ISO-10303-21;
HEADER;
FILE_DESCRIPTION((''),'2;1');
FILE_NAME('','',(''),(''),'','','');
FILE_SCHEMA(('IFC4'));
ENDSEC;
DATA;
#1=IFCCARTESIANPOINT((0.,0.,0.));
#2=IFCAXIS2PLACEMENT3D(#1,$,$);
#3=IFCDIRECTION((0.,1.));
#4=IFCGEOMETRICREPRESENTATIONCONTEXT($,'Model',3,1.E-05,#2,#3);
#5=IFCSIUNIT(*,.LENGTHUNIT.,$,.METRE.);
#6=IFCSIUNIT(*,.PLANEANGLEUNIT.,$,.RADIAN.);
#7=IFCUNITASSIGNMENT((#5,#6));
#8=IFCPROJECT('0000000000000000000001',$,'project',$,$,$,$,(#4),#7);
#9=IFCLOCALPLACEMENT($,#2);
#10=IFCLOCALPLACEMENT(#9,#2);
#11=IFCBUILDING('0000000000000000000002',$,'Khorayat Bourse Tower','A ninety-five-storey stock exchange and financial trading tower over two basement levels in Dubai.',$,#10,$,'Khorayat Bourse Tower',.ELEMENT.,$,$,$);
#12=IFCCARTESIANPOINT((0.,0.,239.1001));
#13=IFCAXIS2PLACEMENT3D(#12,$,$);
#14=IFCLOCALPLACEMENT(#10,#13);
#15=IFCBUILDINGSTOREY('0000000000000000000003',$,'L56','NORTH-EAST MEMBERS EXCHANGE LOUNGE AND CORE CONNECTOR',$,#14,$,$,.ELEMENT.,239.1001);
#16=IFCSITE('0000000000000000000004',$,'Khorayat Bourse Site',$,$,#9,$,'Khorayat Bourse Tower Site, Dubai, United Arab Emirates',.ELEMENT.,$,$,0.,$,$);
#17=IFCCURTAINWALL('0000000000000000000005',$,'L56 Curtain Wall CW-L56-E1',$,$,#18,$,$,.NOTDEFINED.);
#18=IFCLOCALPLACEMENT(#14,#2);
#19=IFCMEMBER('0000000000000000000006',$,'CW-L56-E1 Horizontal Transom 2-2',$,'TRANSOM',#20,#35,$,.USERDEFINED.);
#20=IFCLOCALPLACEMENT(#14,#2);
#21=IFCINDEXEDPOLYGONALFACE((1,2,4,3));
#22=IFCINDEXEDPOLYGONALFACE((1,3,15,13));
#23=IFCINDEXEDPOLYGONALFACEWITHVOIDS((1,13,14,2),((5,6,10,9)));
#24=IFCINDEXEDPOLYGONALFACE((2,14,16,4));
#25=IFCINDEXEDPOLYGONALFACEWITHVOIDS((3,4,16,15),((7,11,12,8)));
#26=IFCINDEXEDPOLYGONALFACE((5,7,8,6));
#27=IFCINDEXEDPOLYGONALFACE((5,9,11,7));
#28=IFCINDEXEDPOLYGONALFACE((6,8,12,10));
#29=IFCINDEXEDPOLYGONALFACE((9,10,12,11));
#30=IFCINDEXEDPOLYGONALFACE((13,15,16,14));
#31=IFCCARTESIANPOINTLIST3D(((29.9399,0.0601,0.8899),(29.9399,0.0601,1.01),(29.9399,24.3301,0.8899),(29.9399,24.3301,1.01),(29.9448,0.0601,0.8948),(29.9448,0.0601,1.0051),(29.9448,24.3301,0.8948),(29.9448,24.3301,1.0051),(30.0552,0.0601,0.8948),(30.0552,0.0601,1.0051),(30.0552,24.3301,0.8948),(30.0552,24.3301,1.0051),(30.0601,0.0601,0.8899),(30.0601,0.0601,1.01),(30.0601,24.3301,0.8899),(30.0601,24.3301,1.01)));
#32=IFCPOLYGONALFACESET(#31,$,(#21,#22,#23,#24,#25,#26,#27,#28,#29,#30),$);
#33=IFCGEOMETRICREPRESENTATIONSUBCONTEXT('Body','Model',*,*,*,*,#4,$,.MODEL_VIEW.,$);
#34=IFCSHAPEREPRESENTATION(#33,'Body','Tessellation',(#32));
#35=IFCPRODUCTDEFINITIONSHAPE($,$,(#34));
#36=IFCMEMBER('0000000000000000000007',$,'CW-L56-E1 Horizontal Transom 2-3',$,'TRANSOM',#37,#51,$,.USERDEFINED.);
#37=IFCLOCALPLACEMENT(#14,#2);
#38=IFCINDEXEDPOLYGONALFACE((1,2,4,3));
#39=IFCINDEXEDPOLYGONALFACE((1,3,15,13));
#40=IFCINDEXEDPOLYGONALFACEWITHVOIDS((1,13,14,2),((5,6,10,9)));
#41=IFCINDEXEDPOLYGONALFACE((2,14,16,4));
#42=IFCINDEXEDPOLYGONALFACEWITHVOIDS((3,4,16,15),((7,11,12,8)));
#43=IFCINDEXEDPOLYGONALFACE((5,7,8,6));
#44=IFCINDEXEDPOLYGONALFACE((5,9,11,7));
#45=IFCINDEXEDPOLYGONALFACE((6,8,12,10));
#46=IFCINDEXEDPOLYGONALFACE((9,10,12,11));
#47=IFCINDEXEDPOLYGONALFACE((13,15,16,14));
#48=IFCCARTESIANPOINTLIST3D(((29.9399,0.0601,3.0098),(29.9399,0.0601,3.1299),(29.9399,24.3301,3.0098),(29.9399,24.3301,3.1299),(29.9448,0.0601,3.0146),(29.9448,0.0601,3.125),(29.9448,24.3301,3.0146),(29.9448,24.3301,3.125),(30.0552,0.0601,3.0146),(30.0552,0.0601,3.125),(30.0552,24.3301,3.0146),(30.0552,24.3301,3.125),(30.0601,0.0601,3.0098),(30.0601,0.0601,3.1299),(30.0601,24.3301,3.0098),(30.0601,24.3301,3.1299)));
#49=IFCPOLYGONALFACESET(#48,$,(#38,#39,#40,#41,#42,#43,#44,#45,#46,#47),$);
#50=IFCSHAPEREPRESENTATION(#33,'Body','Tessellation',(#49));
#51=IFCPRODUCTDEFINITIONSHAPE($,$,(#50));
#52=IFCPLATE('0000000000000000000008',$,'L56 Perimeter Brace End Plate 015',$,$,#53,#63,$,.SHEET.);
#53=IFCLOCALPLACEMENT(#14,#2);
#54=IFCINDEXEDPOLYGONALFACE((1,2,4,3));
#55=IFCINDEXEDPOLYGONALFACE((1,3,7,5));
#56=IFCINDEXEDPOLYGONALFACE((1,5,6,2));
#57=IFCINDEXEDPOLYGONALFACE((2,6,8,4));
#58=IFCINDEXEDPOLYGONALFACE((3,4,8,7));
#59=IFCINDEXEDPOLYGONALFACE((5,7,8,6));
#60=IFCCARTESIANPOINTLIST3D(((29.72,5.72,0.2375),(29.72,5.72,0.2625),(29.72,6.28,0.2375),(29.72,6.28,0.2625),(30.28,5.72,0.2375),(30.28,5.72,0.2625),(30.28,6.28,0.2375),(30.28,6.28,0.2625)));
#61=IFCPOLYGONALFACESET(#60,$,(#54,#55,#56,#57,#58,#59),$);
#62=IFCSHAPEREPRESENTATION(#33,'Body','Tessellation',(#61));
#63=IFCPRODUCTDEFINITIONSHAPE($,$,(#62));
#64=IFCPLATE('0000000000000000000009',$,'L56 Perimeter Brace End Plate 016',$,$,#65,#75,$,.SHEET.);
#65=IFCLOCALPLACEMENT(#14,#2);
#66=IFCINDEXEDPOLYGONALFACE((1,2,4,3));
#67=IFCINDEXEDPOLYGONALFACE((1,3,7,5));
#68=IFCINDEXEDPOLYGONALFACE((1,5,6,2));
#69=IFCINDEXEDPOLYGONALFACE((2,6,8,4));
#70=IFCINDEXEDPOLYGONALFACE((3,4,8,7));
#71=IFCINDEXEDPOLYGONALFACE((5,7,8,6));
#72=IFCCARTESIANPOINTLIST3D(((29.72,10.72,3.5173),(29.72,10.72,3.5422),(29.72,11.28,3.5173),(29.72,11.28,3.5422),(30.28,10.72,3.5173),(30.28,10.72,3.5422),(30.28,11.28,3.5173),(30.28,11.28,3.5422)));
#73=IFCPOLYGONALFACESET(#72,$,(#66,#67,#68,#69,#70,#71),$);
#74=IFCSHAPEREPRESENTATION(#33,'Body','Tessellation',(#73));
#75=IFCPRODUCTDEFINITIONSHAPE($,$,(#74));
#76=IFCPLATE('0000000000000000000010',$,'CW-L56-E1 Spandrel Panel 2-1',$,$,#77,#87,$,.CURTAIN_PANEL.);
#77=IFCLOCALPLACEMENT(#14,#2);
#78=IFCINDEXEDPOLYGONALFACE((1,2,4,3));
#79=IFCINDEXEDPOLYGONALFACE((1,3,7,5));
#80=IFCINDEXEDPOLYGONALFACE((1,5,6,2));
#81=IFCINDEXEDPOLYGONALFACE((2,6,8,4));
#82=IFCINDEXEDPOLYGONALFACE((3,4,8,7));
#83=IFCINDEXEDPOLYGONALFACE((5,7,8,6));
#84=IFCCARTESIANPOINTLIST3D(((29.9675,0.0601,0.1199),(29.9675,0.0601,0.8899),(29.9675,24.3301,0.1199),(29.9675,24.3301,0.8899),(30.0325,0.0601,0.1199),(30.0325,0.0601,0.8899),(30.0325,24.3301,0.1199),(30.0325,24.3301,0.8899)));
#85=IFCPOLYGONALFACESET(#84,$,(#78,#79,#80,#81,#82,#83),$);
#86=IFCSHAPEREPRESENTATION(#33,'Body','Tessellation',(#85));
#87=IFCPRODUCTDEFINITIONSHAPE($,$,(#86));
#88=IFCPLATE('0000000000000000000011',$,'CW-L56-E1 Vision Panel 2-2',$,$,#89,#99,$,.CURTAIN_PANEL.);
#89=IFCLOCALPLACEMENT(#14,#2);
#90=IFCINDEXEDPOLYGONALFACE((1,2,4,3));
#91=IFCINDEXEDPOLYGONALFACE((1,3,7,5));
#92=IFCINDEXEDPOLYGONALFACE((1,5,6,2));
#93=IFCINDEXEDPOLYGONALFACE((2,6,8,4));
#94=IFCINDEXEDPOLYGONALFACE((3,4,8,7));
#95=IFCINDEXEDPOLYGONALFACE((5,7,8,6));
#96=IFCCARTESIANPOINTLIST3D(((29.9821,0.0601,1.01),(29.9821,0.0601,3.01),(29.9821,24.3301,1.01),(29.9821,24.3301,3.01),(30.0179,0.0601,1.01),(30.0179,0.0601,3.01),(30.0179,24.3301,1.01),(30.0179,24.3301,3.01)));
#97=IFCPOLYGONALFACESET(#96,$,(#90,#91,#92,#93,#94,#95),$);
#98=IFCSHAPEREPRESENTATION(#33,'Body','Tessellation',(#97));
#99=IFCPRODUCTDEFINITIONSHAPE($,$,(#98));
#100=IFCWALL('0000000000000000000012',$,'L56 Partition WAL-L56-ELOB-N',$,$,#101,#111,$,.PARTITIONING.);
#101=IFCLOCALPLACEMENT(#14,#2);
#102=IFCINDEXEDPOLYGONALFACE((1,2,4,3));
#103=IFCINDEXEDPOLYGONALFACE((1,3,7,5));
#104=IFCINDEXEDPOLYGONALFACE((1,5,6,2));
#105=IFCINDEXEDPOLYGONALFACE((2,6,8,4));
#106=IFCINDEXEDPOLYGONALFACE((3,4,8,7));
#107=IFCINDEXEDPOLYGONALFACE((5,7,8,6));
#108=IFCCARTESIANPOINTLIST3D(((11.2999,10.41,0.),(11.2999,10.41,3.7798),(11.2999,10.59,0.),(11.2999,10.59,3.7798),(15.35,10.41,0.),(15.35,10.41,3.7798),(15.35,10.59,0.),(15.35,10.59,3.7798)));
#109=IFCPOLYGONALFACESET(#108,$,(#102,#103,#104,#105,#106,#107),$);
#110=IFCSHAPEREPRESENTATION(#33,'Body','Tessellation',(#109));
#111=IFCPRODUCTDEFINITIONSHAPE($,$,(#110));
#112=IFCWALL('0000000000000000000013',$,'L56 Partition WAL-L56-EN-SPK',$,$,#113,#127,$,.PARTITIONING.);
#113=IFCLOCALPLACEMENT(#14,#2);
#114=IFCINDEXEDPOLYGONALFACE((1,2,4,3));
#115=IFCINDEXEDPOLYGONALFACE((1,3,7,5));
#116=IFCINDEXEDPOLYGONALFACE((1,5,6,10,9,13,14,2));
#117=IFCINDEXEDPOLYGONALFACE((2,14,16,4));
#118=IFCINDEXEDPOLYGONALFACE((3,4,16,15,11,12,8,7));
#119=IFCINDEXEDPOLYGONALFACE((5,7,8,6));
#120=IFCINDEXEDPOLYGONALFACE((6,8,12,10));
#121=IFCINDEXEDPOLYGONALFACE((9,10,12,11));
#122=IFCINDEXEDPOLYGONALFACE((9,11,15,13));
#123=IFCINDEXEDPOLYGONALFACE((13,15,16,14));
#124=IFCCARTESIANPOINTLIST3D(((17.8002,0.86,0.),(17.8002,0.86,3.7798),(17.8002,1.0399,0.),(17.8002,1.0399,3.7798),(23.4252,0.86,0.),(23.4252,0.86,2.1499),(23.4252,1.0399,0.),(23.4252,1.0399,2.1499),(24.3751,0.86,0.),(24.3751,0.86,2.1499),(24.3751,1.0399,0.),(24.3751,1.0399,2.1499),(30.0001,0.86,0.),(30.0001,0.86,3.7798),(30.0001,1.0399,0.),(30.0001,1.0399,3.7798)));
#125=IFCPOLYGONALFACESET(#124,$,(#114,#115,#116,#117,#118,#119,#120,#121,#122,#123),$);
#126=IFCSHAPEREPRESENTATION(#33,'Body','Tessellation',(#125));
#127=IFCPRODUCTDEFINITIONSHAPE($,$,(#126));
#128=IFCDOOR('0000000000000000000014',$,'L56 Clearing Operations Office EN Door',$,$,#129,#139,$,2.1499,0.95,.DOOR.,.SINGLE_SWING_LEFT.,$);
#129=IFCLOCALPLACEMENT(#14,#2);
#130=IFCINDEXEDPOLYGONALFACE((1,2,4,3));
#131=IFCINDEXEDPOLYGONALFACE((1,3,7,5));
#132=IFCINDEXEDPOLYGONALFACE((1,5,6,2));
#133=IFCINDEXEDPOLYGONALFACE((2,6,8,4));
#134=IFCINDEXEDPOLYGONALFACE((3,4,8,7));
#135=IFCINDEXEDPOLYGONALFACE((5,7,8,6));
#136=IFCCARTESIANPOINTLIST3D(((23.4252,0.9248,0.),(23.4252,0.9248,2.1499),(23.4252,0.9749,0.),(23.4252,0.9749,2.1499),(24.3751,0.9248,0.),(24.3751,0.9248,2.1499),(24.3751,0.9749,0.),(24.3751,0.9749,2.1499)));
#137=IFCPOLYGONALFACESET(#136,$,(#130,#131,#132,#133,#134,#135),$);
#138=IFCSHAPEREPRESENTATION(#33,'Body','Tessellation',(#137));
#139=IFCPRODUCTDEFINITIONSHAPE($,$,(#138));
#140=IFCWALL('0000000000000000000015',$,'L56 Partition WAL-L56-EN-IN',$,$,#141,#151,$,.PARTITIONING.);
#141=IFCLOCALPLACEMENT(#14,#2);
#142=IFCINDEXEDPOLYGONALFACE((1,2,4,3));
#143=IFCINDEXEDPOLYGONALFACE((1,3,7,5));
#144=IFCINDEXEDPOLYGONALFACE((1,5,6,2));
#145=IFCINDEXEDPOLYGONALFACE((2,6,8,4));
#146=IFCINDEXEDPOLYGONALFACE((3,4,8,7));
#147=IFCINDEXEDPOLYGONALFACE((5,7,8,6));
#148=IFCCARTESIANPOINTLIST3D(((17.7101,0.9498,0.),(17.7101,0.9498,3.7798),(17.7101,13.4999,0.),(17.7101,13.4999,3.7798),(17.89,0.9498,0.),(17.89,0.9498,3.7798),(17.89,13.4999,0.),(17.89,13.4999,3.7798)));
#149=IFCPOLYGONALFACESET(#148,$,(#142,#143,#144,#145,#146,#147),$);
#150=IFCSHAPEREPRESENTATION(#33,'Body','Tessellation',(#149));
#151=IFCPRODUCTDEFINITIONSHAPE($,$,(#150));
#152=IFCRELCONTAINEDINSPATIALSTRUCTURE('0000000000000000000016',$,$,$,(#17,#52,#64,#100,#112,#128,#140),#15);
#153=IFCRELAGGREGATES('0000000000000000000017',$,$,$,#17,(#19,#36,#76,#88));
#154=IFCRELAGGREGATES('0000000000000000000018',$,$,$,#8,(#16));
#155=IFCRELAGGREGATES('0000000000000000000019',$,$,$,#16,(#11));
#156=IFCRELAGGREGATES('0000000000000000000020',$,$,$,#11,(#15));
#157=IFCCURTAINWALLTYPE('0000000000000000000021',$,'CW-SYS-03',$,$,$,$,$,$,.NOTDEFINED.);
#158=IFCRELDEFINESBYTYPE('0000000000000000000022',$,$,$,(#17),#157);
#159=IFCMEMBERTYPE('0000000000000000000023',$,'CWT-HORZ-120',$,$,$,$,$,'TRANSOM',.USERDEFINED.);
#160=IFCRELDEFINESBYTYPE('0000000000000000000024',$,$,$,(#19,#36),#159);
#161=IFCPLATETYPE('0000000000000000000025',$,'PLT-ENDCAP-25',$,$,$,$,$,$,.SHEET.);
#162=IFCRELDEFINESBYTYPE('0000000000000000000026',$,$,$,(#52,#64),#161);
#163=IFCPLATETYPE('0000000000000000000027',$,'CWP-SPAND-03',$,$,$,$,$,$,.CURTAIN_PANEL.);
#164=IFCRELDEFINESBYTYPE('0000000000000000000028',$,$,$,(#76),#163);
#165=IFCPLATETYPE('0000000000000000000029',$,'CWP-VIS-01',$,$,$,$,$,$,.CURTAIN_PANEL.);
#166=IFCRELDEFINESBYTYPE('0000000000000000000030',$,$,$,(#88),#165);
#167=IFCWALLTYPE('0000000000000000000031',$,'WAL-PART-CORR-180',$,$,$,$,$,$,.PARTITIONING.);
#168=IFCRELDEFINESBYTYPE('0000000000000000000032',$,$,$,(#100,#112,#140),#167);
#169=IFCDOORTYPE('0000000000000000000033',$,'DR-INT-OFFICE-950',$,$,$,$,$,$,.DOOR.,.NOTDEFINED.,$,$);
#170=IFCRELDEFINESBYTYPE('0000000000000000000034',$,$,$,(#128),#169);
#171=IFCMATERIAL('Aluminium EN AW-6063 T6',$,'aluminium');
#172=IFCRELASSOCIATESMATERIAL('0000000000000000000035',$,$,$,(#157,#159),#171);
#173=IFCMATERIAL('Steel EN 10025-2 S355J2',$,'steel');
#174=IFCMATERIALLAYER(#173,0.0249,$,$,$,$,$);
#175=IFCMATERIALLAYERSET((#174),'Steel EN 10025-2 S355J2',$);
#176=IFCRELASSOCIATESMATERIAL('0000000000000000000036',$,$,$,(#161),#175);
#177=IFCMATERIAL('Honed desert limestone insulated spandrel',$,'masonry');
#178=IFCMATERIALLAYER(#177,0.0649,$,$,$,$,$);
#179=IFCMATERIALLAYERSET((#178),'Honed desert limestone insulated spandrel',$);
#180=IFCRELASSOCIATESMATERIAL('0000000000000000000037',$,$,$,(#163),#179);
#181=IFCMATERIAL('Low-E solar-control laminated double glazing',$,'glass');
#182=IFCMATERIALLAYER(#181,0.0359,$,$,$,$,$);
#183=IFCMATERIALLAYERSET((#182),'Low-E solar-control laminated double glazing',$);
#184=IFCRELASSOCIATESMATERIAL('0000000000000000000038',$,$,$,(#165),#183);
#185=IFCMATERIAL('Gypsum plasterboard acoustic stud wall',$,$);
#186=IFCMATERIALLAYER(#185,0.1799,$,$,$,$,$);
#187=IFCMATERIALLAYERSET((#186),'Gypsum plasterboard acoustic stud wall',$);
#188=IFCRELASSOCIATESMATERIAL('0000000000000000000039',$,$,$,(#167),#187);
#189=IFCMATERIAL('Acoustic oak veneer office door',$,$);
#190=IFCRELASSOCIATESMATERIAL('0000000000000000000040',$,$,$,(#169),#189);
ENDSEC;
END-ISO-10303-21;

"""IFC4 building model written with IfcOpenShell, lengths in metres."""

from ifc_helpers import new_model, si_unit, direction, frame, frame_2d, origin, origin_2d, place, context, subcontext, project, spatial, rectangle, hollow_rectangle, extrude, source, transform, mapped, material, layer, layer_set, material_profile, profile_set, type_object, element, fill, aggregate, save


model = new_model("IFC4")

# Units and contexts
model_context = context("Model", 3, precision=1e-05, world=origin(), true_north=direction((0.0, 1.0)))
body_context = subcontext(model_context, "Body", "Model", "MODEL_VIEW")
ifc_project = project(units=[si_unit("LENGTHUNIT", "METRE"), si_unit("PLANEANGLEUNIT", "RADIAN")], contexts=[model_context])

# Site, building, storey
site_placement = place(None, origin())
site = spatial("IfcSite", under=ifc_project, at=site_placement, Name="Khorayat Bourse Site", LongName="Khorayat Bourse Tower Site, Dubai, United Arab Emirates", CompositionType="ELEMENT", RefElevation=0.0)
building_placement = place(site_placement, origin())
building = spatial("IfcBuilding", under=site, at=building_placement, Name="Khorayat Bourse Tower", Description="A ninety-five-storey stock exchange and financial trading tower over two basement levels in Dubai.", LongName="Khorayat Bourse Tower", CompositionType="ELEMENT")
storey_placement = place(building_placement, frame((0.0, 0.0, 239.1001)))
storey = spatial("IfcBuildingStorey", under=building, at=storey_placement, Name="L56", Description="NORTH-EAST MEMBERS EXCHANGE LOUNGE AND CORE CONNECTOR", CompositionType="ELEMENT", Elevation=239.1001)

# Curtain wall, members
ifc_material_1 = material(Name="Aluminium EN AW-6063 T6", Category="aluminium")
curtain_wall_type = type_object("IfcCurtainWallType", Name="CW-SYS-03", PredefinedType="NOTDEFINED", material=ifc_material_1)
curtain_wall_placement = place(storey_placement, origin())
curtain_wall = element("IfcCurtainWall", 1, at=curtain_wall_placement, inside=storey, type_object=curtain_wall_type, Name="L56 Curtain Wall CW-L56-E1", PredefinedType="NOTDEFINED")
ifc_material_profile_1 = material_profile(ifc_material_1, hollow_rectangle(XDim=0.1201, YDim=0.1201, WallThickness=0.0049, at=origin_2d()), Name="ALU 120x120x5")
ifc_profile_set_1 = profile_set([ifc_material_profile_1], Name="Aluminium EN AW-6063 T6")
member_type_1 = type_object("IfcMemberType", Name="CWT-HORZ-120", ElementType="TRANSOM", PredefinedType="USERDEFINED", material=ifc_profile_set_1)
shared_shape_1 = source(origin(), body_context, "Body", "SweptSolid", [
    extrude(hollow_rectangle(XDim=0.1201, YDim=0.1201, WallThickness=0.0049, at=origin_2d()), origin(), (0.0, 0.0, 1.0), 24.27),
])
member_1_placement = place(storey_placement, frame((30.0, 0.0601, 0.95), z_axis=(0.0, 1.0, 0.0), x_axis=(-1.0, 0.0, 0.0)))
member_1 = element("IfcMember", 2, at=member_1_placement, type_object=member_type_1, Name="CW-L56-E1 Horizontal Transom 2-2", ObjectType="TRANSOM", PredefinedType="USERDEFINED", context=body_context, shape_type="MappedRepresentation", body=[
    mapped(shared_shape_1, transform((0.0, 0.0, 0.0), scale=1.0)),
])
member_2_placement = place(storey_placement, frame((30.0, 0.0601, 3.0698), z_axis=(0.0, 1.0, 0.0), x_axis=(-1.0, 0.0, 0.0)))
member_2 = element("IfcMember", 3, at=member_2_placement, type_object=member_type_1, Name="CW-L56-E1 Horizontal Transom 2-3", ObjectType="TRANSOM", PredefinedType="USERDEFINED", context=body_context, shape_type="MappedRepresentation", body=[
    mapped(shared_shape_1, transform((0.0, 0.0, 0.0), scale=1.0)),
])

# Plates
ifc_material_2 = material(Name="Steel EN 10025-2 S355J2", Category="steel")
ifc_layer_1 = layer(ifc_material_2, 0.0249)
ifc_layer_set_1 = layer_set([ifc_layer_1], Name="Steel EN 10025-2 S355J2")
plate_type_1 = type_object("IfcPlateType", Name="PLT-ENDCAP-25", PredefinedType="SHEET", material=ifc_layer_set_1)
shared_shape_2 = source(origin(), body_context, "Body", "SweptSolid", [
    extrude(rectangle(XDim=0.5601, YDim=0.5601, at=origin_2d()), origin(), (0.0, 0.0, 1.0), 0.0249),
])
for number, where, z_axis, x_axis, name in (
    (4, (30.0, 6.0, 0.2375), (0.0, 0.0, 1.0), (1.0, 0.0, 0.0), "L56 Perimeter Brace End Plate 015"),
    (5, (30.0, 11.0, 3.5173), (0.0, 0.0, 1.0), (1.0, 0.0, 0.0), "L56 Perimeter Brace End Plate 016"),
):
    element("IfcPlate", number, at=place(storey_placement, frame(where, z_axis=z_axis, x_axis=x_axis)), inside=storey, type_object=plate_type_1, Name=name, PredefinedType="SHEET", context=body_context, shape_type="MappedRepresentation", body=[
        mapped(shared_shape_2, transform((0.0, 0.0, 0.0), scale=1.0)),
    ])

# Plates
ifc_material_3 = material(Name="Honed desert limestone insulated spandrel", Category="masonry")
ifc_layer_2 = layer(ifc_material_3, 0.0649)
ifc_layer_set_2 = layer_set([ifc_layer_2], Name="Honed desert limestone insulated spandrel")
plate_type_2 = type_object("IfcPlateType", Name="CWP-SPAND-03", PredefinedType="CURTAIN_PANEL", material=ifc_layer_set_2)
shared_shape_3 = source(origin(), body_context, "Body", "SweptSolid", [
    extrude(rectangle(XDim=24.27, YDim=0.0649, at=origin_2d()), origin(), (0.0, 0.0, 1.0), 0.77),
])
plate_1_placement = place(storey_placement, frame((30.0, 12.1951, 0.1199), z_axis=(0.0, 0.0, 1.0), x_axis=(0.0, 1.0, 0.0)))
plate_1 = element("IfcPlate", 6, at=plate_1_placement, type_object=plate_type_2, Name="CW-L56-E1 Spandrel Panel 2-1", PredefinedType="CURTAIN_PANEL", context=body_context, shape_type="MappedRepresentation", body=[
    mapped(shared_shape_3, transform((0.0, 0.0, 0.0), scale=1.0)),
])
ifc_material_4 = material(Name="Low-E solar-control laminated double glazing", Category="glass")
ifc_layer_3 = layer(ifc_material_4, 0.0359)
ifc_layer_set_3 = layer_set([ifc_layer_3], Name="Low-E solar-control laminated double glazing")
plate_type_3 = type_object("IfcPlateType", Name="CWP-VIS-01", PredefinedType="CURTAIN_PANEL", material=ifc_layer_set_3)
shared_shape_4 = source(origin(), body_context, "Body", "SweptSolid", [
    extrude(rectangle(XDim=24.27, YDim=0.0359, at=origin_2d()), origin(), (0.0, 0.0, 1.0), 2.0),
])
plate_2_placement = place(storey_placement, frame((30.0, 12.1951, 1.01), z_axis=(0.0, 0.0, 1.0), x_axis=(0.0, 1.0, 0.0)))
plate_2 = element("IfcPlate", 7, at=plate_2_placement, type_object=plate_type_3, Name="CW-L56-E1 Vision Panel 2-2", PredefinedType="CURTAIN_PANEL", context=body_context, shape_type="MappedRepresentation", body=[
    mapped(shared_shape_4, transform((0.0, 0.0, 0.0), scale=1.0)),
])
aggregate(curtain_wall, [member_1, member_2, plate_1, plate_2])

# Wall
ifc_material_5 = material(Name="Gypsum plasterboard acoustic stud wall")
ifc_layer_4 = layer(ifc_material_5, 0.1799)
ifc_layer_set_4 = layer_set([ifc_layer_4], Name="Gypsum plasterboard acoustic stud wall")
wall_type = type_object("IfcWallType", Name="WAL-PART-CORR-180", PredefinedType="PARTITIONING", material=ifc_layer_set_4)
shared_shape_5 = source(origin(), body_context, "Body", "SweptSolid", [
    extrude(rectangle(XDim=4.05, YDim=0.1799, at=frame_2d((2.0249, 0.0))), origin(), (0.0, 0.0, 1.0), 3.7798),
])
wall_1_placement = place(storey_placement, frame((11.3, 10.5, 0.0), z_axis=(0.0, 0.0, 1.0), x_axis=(1.0, 0.0, 0.0)))
element("IfcWall", 8, at=wall_1_placement, inside=storey, type_object=wall_type, Name="L56 Partition WAL-L56-ELOB-N", PredefinedType="PARTITIONING", context=body_context, shape_type="MappedRepresentation", body=[
    mapped(shared_shape_5, transform((0.0, 0.0, 0.0), scale=1.0)),
])

# Wall, opening, door
shared_shape_6 = source(origin(), body_context, "Body", "SweptSolid", [
    extrude(rectangle(XDim=12.2, YDim=0.1799, at=frame_2d((6.1001, 0.0))), origin(), (0.0, 0.0, 1.0), 3.7798),
])
wall_2_placement = place(storey_placement, frame((17.8, 0.95, 0.0), z_axis=(0.0, 0.0, 1.0), x_axis=(1.0, 0.0, 0.0)))
wall_2 = element("IfcWall", 9, at=wall_2_placement, inside=storey, type_object=wall_type, Name="L56 Partition WAL-L56-EN-SPK", PredefinedType="PARTITIONING", context=body_context, shape_type="MappedRepresentation", body=[
    mapped(shared_shape_6, transform((0.0, 0.0, 0.0), scale=1.0)),
])
shared_shape_7 = source(origin(), body_context, "Body", "SweptSolid", [
    extrude(rectangle(XDim=0.95, YDim=2.1499, at=frame_2d((0.4751, 1.075))), frame((0.0, 0.0999, 0.0), z_axis=(0.0, -1.0, 0.0), x_axis=(1.0, 0.0, 0.0)), (0.0, 0.0, 1.0), 0.2),
])
opening_placement = place(wall_2_placement, frame((5.625, 0.0, 0.0)))
opening = element("IfcOpeningElement", 10, at=opening_placement, cuts=wall_2, PredefinedType="OPENING", context=body_context, shape_type="MappedRepresentation", body=[
    mapped(shared_shape_7, transform((0.0, 0.0, 0.0), scale=1.0)),
])
ifc_material_6 = material(Name="Acoustic oak veneer office door")
door_type = type_object("IfcDoorType", Name="DR-INT-OFFICE-950", OperationType="NOTDEFINED", PredefinedType="DOOR", material=ifc_material_6)
shared_shape_8 = source(origin(), body_context, "Body", "SweptSolid", [
    extrude(rectangle(XDim=0.95, YDim=2.1499, at=frame_2d((0.4751, 1.075))), frame((0.0, 0.0249, 0.0), z_axis=(0.0, -1.0, 0.0), x_axis=(1.0, 0.0, 0.0)), (0.0, 0.0, 1.0), 0.05),
])
door_placement = place(opening_placement, origin())
door = element("IfcDoor", 11, at=door_placement, inside=storey, type_object=door_type, Name="L56 Clearing Operations Office EN Door", OperationType="SINGLE_SWING_LEFT", OverallHeight=2.1499, OverallWidth=0.95, PredefinedType="DOOR", context=body_context, shape_type="MappedRepresentation", body=[
    mapped(shared_shape_8, transform((0.0, 0.0, 0.0), scale=1.0)),
])
fill(opening, door)

# Wall
shared_shape_9 = source(origin(), body_context, "Body", "SweptSolid", [
    extrude(rectangle(XDim=12.55, YDim=0.1799, at=frame_2d((6.2749, 0.0))), origin(), (0.0, 0.0, 1.0), 3.7798),
])
wall_3_placement = place(storey_placement, frame((17.8, 0.95, 0.0), z_axis=(0.0, 0.0, 1.0), x_axis=(0.0, 1.0, 0.0)))
element("IfcWall", 12, at=wall_3_placement, inside=storey, type_object=wall_type, Name="L56 Partition WAL-L56-EN-IN", PredefinedType="PARTITIONING", context=body_context, shape_type="MappedRepresentation", body=[
    mapped(shared_shape_9, transform((0.0, 0.0, 0.0), scale=1.0)),
])

save(model, "model.ifc")
